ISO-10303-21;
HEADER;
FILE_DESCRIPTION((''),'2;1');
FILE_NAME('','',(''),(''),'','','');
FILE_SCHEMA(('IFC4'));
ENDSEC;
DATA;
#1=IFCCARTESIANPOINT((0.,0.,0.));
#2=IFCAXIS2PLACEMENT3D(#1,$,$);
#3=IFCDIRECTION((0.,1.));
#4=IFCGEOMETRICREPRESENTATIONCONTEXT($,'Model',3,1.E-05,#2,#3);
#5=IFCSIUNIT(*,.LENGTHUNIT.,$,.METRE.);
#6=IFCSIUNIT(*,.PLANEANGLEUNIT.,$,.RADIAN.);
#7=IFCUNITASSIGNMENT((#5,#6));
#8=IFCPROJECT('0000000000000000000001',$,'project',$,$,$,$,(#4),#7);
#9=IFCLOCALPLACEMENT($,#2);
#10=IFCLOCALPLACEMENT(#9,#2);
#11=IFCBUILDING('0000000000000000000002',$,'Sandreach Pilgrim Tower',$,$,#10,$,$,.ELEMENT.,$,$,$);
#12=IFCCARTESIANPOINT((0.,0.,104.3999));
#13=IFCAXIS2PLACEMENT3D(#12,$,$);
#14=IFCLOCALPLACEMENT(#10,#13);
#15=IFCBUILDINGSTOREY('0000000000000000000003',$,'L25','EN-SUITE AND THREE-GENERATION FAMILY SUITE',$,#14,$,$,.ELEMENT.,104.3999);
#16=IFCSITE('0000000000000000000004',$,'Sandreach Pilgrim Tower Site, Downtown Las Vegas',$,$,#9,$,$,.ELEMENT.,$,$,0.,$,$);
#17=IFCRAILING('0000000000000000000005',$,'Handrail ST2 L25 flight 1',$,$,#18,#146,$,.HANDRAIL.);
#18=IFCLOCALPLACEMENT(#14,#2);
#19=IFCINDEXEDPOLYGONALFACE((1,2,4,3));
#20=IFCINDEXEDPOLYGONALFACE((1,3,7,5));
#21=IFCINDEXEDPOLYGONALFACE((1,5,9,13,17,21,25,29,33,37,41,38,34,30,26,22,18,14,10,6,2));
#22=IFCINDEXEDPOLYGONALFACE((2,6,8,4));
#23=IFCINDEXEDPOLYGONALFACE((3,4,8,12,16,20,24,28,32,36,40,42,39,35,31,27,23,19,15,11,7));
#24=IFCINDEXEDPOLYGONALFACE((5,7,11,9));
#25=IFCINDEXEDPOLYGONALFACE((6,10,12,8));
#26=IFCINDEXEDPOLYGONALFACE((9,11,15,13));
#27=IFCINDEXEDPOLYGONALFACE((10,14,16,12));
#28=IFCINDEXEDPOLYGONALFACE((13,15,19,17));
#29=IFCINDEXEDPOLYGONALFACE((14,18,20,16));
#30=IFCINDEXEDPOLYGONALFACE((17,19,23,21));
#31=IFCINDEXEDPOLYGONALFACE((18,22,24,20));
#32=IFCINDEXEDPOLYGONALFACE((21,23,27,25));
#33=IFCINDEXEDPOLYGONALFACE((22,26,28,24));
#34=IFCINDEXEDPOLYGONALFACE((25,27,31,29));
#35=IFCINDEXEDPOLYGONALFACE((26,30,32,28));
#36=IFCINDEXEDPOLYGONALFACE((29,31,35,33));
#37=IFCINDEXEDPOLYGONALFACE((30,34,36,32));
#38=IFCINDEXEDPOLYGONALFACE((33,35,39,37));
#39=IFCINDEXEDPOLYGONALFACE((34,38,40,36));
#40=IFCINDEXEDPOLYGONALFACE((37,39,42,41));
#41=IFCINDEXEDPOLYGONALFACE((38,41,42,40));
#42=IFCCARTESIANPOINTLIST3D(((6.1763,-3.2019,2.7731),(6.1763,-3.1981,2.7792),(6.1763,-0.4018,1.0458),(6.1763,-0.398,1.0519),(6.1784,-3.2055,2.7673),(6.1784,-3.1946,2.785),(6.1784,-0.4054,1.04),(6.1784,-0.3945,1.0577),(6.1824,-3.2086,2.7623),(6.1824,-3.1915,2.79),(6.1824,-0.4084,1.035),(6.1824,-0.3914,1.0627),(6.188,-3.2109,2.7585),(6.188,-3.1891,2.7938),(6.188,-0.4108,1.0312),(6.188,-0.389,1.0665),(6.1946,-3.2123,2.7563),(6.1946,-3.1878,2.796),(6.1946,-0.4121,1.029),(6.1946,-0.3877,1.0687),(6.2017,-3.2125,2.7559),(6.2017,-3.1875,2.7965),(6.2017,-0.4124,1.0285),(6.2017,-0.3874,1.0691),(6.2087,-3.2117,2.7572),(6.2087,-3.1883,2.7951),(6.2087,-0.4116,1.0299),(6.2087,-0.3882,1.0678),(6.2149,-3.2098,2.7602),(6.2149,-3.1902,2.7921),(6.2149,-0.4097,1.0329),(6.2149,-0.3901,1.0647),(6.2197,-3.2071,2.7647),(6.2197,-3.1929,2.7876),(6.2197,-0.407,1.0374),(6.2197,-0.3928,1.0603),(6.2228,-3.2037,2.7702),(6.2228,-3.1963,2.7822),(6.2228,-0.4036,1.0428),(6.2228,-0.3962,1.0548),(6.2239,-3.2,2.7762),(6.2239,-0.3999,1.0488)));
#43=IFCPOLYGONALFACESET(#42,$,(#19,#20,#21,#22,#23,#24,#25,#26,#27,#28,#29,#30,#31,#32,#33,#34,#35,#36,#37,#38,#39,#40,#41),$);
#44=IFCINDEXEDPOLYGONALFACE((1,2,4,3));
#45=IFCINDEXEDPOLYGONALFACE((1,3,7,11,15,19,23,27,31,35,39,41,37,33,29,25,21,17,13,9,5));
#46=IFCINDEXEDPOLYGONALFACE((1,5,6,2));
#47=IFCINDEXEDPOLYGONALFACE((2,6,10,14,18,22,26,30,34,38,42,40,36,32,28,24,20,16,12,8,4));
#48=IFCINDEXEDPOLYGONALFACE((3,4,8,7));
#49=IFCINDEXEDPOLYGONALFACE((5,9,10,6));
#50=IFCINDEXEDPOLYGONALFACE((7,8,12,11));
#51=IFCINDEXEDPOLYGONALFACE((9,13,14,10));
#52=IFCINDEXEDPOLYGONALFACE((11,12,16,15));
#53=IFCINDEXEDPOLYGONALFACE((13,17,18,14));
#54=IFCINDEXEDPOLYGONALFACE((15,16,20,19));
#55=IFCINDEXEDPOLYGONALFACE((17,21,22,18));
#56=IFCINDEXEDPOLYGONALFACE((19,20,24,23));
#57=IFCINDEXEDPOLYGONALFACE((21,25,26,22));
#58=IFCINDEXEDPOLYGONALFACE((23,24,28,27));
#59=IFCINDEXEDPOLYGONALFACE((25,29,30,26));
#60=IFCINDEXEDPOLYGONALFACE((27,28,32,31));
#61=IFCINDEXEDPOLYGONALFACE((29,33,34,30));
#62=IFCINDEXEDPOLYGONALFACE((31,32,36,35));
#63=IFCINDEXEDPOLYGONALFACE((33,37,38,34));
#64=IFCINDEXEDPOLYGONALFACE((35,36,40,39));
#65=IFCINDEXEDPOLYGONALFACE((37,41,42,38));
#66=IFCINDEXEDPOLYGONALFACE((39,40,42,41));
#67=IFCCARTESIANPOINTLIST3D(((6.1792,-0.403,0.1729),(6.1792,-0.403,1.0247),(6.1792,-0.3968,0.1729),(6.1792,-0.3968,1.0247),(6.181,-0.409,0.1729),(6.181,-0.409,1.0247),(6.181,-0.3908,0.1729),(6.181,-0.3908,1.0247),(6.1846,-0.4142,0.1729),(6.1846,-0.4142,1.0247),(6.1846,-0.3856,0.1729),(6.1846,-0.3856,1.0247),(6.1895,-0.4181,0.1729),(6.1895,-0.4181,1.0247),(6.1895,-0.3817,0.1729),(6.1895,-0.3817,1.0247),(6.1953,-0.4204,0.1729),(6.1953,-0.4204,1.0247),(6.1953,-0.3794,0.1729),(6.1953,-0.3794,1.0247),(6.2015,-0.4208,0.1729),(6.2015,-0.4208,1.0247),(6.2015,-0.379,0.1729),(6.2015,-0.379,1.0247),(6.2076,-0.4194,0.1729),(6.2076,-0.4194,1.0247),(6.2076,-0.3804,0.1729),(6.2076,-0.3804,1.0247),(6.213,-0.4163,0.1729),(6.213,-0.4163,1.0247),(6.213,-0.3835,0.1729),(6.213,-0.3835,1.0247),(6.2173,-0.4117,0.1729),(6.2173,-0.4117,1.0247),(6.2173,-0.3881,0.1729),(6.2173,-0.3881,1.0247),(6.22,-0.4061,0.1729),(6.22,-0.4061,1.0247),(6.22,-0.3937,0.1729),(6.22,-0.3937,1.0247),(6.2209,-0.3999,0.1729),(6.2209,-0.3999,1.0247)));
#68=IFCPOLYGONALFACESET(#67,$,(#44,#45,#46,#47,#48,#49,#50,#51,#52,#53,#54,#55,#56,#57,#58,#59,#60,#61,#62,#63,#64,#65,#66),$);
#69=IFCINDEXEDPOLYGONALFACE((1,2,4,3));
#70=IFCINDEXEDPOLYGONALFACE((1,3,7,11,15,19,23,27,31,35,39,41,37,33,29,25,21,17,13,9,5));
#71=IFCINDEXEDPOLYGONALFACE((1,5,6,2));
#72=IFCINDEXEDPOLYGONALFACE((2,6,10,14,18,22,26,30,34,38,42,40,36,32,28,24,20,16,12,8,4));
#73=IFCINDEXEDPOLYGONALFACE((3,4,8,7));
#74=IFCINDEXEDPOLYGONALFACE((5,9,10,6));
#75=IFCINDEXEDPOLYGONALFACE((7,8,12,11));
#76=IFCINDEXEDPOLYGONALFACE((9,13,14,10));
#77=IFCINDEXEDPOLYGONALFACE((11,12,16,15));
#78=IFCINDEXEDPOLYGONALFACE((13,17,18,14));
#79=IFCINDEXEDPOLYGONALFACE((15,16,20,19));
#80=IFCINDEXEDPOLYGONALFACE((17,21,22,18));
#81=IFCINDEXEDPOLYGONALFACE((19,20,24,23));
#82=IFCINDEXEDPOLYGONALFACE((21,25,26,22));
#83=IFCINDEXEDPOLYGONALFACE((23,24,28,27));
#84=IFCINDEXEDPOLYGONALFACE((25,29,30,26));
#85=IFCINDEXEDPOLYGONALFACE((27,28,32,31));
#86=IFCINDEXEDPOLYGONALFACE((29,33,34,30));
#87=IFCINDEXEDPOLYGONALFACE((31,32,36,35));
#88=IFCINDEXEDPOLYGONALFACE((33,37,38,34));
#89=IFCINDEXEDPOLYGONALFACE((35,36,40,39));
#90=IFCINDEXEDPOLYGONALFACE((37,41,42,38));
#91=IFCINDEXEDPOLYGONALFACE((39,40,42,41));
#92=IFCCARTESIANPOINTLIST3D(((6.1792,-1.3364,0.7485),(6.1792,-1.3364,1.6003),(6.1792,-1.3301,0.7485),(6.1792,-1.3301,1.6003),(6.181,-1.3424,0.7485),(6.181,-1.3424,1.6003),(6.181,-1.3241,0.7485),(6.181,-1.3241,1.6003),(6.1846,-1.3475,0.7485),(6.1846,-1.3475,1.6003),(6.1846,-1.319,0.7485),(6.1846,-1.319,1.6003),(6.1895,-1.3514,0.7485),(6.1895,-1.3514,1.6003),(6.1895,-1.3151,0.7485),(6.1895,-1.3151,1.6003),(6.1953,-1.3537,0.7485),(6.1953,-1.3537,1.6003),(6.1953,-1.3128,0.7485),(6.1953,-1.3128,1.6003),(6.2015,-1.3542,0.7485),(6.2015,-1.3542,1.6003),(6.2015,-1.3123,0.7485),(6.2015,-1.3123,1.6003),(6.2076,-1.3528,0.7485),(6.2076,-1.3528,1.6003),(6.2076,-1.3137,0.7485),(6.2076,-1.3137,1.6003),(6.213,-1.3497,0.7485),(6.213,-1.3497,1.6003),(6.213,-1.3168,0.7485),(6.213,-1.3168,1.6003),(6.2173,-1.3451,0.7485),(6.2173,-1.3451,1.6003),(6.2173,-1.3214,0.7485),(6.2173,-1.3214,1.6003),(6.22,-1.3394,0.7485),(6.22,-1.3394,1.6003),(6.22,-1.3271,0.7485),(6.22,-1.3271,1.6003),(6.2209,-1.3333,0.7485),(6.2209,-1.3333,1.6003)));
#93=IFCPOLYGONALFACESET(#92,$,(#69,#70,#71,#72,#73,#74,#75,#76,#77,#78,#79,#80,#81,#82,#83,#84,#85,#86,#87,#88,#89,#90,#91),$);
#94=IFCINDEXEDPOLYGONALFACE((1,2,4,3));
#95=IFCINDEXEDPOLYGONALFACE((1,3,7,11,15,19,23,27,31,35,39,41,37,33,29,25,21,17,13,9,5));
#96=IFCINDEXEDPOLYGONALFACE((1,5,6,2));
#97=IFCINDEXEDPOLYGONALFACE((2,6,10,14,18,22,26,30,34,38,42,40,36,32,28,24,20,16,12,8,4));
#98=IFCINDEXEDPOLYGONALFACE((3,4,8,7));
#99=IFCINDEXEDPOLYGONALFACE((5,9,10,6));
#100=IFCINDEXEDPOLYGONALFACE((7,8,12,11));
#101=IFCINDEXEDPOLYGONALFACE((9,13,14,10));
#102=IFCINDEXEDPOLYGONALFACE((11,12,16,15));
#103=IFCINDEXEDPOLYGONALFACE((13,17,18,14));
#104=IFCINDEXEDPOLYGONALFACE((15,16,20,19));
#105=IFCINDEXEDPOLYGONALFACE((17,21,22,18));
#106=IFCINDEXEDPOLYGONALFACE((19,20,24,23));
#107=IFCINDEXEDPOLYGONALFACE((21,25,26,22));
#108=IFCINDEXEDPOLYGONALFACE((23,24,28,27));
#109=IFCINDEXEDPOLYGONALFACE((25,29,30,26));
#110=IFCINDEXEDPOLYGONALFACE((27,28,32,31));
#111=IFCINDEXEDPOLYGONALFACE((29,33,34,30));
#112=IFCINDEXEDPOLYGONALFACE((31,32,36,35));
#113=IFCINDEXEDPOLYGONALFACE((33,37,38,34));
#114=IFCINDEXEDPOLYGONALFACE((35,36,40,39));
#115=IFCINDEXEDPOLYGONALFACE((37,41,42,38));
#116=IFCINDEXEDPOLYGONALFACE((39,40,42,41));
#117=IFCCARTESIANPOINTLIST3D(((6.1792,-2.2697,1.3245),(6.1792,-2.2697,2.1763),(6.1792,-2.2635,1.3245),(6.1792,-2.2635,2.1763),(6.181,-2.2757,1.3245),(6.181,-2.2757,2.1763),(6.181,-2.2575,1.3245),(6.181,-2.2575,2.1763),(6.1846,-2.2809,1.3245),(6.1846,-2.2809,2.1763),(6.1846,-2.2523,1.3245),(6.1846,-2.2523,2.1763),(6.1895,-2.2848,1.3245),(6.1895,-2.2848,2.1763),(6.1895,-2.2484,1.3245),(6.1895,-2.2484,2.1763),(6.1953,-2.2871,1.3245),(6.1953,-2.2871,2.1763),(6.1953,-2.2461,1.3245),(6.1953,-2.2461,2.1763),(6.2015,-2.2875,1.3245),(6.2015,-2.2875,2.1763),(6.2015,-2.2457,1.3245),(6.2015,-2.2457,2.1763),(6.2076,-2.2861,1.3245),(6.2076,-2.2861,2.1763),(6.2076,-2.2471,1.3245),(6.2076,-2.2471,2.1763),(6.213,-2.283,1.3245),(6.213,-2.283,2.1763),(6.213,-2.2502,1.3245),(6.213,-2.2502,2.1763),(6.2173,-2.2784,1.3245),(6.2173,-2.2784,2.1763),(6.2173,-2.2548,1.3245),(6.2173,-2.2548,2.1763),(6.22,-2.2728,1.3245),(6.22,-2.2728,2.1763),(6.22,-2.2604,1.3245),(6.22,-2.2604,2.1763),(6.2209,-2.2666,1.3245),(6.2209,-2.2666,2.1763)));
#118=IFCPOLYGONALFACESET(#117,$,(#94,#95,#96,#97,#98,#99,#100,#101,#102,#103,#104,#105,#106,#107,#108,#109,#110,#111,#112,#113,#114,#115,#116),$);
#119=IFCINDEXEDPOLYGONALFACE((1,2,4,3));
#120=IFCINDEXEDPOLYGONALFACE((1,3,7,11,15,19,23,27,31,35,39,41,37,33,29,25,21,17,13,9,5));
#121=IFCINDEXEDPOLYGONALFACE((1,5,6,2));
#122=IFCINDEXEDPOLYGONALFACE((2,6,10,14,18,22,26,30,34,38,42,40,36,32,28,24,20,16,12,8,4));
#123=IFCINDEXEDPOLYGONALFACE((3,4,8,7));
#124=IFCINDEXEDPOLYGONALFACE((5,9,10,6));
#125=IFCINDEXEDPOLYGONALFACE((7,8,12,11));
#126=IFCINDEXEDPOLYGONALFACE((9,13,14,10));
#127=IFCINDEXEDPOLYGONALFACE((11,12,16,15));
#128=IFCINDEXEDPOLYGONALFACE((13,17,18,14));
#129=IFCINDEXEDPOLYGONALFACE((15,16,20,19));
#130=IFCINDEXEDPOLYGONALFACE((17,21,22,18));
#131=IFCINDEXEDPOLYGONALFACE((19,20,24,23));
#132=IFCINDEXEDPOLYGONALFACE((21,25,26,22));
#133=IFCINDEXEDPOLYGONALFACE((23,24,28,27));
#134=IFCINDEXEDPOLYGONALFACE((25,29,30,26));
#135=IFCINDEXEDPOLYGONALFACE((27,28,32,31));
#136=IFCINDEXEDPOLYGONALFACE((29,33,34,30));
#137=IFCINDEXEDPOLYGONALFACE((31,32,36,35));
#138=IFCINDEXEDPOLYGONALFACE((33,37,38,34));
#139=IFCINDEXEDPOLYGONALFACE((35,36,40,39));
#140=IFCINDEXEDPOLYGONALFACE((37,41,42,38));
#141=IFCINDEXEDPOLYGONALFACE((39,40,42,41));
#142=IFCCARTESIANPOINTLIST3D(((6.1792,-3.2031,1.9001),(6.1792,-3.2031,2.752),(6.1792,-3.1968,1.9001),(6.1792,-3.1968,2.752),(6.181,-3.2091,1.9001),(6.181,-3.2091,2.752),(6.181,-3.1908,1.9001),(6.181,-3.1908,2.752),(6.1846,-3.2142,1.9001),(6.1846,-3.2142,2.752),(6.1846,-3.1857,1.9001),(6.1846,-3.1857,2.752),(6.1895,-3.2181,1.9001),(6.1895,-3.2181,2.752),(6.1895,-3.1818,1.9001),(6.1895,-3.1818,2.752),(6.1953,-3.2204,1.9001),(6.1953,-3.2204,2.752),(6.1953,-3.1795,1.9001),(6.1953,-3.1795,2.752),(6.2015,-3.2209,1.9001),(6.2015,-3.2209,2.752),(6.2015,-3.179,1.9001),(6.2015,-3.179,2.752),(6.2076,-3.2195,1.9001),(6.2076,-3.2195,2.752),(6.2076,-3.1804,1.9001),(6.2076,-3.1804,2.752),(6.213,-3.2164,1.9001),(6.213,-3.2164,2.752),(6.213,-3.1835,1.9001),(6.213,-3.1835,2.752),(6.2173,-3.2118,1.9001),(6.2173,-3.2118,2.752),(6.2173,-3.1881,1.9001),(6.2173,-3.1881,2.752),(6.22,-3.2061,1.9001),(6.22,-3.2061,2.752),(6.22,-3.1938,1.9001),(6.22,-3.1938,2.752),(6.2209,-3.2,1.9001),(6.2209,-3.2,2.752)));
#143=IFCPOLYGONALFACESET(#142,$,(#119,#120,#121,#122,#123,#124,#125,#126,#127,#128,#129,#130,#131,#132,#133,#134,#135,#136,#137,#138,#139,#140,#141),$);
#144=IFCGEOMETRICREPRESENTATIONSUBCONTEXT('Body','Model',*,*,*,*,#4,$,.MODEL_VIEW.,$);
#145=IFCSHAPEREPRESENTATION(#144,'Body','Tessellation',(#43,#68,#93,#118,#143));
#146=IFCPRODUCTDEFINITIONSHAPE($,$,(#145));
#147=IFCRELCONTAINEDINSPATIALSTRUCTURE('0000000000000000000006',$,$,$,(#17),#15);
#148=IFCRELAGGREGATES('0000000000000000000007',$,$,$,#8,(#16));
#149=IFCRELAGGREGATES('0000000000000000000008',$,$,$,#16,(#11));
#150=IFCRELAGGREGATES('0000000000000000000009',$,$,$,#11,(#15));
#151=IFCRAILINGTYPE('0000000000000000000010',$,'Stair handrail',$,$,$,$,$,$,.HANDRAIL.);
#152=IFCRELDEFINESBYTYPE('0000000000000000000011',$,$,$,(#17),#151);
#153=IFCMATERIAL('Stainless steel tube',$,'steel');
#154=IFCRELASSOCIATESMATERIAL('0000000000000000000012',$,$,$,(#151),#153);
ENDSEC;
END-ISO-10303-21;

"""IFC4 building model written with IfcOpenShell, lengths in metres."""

from ifc_helpers import new_model, si_unit, direction, frame, origin, origin_2d, place, context, subcontext, project, spatial, circle, extrude, material, type_object, element, save


model = new_model("IFC4")

# Units and contexts
model_context = context("Model", 3, precision=1e-05, world=origin(), true_north=direction((0.0, 1.0)))
body_context = subcontext(model_context, "Body", "Model", "MODEL_VIEW")
ifc_project = project(units=[si_unit("LENGTHUNIT", "METRE"), si_unit("PLANEANGLEUNIT", "RADIAN")], contexts=[model_context])

# Site, building, storey
site_placement = place(None, origin())
site = spatial("IfcSite", under=ifc_project, at=site_placement, Name="Sandreach Pilgrim Tower Site, Downtown Las Vegas", CompositionType="ELEMENT", RefElevation=0.0)
building_placement = place(site_placement, origin())
building = spatial("IfcBuilding", under=site, at=building_placement, Name="Sandreach Pilgrim Tower", CompositionType="ELEMENT")
storey_placement = place(building_placement, frame((0.0, 0.0, 104.3999)))
storey = spatial("IfcBuildingStorey", under=building, at=storey_placement, Name="L25", Description="EN-SUITE AND THREE-GENERATION FAMILY SUITE", CompositionType="ELEMENT", Elevation=104.3999)

# Railing
ifc_material_1 = material(Name="Stainless steel tube", Category="steel")
railing_type = type_object("IfcRailingType", Name="Stair handrail", PredefinedType="HANDRAIL", material=ifc_material_1)
for number, where, name in (
    (1, (6.2, -0.3999, 0.1729), "Handrail ST2 L25 flight 1"),
):
    element("IfcRailing", number, at=place(storey_placement, frame(where)), inside=storey, type_object=railing_type, Name=name, PredefinedType="HANDRAIL", context=body_context, shape_type="SweptSolid", body=[
        extrude(circle(Radius=0.0239, at=origin_2d()), frame((0.0, 0.0, 0.876), z_axis=(0.0, -0.85109, 0.52502), x_axis=(1.0, 0.0, 0.0)), (0.0, 0.0, 1.0), 3.29),
        extrude(circle(Radius=0.021, at=origin_2d()), origin(), (0.0, 0.0, 1.0), 0.8518),
        extrude(circle(Radius=0.021, at=origin_2d()), frame((0.0, -0.9333, 0.5757)), (0.0, 0.0, 1.0), 0.8518),
        extrude(circle(Radius=0.021, at=origin_2d()), frame((0.0, -1.8667, 1.1516)), (0.0, 0.0, 1.0), 0.8518),
        extrude(circle(Radius=0.021, at=origin_2d()), frame((0.0, -2.8, 1.7273)), (0.0, 0.0, 1.0), 0.8518),
    ])

save(model, "model.ifc")
